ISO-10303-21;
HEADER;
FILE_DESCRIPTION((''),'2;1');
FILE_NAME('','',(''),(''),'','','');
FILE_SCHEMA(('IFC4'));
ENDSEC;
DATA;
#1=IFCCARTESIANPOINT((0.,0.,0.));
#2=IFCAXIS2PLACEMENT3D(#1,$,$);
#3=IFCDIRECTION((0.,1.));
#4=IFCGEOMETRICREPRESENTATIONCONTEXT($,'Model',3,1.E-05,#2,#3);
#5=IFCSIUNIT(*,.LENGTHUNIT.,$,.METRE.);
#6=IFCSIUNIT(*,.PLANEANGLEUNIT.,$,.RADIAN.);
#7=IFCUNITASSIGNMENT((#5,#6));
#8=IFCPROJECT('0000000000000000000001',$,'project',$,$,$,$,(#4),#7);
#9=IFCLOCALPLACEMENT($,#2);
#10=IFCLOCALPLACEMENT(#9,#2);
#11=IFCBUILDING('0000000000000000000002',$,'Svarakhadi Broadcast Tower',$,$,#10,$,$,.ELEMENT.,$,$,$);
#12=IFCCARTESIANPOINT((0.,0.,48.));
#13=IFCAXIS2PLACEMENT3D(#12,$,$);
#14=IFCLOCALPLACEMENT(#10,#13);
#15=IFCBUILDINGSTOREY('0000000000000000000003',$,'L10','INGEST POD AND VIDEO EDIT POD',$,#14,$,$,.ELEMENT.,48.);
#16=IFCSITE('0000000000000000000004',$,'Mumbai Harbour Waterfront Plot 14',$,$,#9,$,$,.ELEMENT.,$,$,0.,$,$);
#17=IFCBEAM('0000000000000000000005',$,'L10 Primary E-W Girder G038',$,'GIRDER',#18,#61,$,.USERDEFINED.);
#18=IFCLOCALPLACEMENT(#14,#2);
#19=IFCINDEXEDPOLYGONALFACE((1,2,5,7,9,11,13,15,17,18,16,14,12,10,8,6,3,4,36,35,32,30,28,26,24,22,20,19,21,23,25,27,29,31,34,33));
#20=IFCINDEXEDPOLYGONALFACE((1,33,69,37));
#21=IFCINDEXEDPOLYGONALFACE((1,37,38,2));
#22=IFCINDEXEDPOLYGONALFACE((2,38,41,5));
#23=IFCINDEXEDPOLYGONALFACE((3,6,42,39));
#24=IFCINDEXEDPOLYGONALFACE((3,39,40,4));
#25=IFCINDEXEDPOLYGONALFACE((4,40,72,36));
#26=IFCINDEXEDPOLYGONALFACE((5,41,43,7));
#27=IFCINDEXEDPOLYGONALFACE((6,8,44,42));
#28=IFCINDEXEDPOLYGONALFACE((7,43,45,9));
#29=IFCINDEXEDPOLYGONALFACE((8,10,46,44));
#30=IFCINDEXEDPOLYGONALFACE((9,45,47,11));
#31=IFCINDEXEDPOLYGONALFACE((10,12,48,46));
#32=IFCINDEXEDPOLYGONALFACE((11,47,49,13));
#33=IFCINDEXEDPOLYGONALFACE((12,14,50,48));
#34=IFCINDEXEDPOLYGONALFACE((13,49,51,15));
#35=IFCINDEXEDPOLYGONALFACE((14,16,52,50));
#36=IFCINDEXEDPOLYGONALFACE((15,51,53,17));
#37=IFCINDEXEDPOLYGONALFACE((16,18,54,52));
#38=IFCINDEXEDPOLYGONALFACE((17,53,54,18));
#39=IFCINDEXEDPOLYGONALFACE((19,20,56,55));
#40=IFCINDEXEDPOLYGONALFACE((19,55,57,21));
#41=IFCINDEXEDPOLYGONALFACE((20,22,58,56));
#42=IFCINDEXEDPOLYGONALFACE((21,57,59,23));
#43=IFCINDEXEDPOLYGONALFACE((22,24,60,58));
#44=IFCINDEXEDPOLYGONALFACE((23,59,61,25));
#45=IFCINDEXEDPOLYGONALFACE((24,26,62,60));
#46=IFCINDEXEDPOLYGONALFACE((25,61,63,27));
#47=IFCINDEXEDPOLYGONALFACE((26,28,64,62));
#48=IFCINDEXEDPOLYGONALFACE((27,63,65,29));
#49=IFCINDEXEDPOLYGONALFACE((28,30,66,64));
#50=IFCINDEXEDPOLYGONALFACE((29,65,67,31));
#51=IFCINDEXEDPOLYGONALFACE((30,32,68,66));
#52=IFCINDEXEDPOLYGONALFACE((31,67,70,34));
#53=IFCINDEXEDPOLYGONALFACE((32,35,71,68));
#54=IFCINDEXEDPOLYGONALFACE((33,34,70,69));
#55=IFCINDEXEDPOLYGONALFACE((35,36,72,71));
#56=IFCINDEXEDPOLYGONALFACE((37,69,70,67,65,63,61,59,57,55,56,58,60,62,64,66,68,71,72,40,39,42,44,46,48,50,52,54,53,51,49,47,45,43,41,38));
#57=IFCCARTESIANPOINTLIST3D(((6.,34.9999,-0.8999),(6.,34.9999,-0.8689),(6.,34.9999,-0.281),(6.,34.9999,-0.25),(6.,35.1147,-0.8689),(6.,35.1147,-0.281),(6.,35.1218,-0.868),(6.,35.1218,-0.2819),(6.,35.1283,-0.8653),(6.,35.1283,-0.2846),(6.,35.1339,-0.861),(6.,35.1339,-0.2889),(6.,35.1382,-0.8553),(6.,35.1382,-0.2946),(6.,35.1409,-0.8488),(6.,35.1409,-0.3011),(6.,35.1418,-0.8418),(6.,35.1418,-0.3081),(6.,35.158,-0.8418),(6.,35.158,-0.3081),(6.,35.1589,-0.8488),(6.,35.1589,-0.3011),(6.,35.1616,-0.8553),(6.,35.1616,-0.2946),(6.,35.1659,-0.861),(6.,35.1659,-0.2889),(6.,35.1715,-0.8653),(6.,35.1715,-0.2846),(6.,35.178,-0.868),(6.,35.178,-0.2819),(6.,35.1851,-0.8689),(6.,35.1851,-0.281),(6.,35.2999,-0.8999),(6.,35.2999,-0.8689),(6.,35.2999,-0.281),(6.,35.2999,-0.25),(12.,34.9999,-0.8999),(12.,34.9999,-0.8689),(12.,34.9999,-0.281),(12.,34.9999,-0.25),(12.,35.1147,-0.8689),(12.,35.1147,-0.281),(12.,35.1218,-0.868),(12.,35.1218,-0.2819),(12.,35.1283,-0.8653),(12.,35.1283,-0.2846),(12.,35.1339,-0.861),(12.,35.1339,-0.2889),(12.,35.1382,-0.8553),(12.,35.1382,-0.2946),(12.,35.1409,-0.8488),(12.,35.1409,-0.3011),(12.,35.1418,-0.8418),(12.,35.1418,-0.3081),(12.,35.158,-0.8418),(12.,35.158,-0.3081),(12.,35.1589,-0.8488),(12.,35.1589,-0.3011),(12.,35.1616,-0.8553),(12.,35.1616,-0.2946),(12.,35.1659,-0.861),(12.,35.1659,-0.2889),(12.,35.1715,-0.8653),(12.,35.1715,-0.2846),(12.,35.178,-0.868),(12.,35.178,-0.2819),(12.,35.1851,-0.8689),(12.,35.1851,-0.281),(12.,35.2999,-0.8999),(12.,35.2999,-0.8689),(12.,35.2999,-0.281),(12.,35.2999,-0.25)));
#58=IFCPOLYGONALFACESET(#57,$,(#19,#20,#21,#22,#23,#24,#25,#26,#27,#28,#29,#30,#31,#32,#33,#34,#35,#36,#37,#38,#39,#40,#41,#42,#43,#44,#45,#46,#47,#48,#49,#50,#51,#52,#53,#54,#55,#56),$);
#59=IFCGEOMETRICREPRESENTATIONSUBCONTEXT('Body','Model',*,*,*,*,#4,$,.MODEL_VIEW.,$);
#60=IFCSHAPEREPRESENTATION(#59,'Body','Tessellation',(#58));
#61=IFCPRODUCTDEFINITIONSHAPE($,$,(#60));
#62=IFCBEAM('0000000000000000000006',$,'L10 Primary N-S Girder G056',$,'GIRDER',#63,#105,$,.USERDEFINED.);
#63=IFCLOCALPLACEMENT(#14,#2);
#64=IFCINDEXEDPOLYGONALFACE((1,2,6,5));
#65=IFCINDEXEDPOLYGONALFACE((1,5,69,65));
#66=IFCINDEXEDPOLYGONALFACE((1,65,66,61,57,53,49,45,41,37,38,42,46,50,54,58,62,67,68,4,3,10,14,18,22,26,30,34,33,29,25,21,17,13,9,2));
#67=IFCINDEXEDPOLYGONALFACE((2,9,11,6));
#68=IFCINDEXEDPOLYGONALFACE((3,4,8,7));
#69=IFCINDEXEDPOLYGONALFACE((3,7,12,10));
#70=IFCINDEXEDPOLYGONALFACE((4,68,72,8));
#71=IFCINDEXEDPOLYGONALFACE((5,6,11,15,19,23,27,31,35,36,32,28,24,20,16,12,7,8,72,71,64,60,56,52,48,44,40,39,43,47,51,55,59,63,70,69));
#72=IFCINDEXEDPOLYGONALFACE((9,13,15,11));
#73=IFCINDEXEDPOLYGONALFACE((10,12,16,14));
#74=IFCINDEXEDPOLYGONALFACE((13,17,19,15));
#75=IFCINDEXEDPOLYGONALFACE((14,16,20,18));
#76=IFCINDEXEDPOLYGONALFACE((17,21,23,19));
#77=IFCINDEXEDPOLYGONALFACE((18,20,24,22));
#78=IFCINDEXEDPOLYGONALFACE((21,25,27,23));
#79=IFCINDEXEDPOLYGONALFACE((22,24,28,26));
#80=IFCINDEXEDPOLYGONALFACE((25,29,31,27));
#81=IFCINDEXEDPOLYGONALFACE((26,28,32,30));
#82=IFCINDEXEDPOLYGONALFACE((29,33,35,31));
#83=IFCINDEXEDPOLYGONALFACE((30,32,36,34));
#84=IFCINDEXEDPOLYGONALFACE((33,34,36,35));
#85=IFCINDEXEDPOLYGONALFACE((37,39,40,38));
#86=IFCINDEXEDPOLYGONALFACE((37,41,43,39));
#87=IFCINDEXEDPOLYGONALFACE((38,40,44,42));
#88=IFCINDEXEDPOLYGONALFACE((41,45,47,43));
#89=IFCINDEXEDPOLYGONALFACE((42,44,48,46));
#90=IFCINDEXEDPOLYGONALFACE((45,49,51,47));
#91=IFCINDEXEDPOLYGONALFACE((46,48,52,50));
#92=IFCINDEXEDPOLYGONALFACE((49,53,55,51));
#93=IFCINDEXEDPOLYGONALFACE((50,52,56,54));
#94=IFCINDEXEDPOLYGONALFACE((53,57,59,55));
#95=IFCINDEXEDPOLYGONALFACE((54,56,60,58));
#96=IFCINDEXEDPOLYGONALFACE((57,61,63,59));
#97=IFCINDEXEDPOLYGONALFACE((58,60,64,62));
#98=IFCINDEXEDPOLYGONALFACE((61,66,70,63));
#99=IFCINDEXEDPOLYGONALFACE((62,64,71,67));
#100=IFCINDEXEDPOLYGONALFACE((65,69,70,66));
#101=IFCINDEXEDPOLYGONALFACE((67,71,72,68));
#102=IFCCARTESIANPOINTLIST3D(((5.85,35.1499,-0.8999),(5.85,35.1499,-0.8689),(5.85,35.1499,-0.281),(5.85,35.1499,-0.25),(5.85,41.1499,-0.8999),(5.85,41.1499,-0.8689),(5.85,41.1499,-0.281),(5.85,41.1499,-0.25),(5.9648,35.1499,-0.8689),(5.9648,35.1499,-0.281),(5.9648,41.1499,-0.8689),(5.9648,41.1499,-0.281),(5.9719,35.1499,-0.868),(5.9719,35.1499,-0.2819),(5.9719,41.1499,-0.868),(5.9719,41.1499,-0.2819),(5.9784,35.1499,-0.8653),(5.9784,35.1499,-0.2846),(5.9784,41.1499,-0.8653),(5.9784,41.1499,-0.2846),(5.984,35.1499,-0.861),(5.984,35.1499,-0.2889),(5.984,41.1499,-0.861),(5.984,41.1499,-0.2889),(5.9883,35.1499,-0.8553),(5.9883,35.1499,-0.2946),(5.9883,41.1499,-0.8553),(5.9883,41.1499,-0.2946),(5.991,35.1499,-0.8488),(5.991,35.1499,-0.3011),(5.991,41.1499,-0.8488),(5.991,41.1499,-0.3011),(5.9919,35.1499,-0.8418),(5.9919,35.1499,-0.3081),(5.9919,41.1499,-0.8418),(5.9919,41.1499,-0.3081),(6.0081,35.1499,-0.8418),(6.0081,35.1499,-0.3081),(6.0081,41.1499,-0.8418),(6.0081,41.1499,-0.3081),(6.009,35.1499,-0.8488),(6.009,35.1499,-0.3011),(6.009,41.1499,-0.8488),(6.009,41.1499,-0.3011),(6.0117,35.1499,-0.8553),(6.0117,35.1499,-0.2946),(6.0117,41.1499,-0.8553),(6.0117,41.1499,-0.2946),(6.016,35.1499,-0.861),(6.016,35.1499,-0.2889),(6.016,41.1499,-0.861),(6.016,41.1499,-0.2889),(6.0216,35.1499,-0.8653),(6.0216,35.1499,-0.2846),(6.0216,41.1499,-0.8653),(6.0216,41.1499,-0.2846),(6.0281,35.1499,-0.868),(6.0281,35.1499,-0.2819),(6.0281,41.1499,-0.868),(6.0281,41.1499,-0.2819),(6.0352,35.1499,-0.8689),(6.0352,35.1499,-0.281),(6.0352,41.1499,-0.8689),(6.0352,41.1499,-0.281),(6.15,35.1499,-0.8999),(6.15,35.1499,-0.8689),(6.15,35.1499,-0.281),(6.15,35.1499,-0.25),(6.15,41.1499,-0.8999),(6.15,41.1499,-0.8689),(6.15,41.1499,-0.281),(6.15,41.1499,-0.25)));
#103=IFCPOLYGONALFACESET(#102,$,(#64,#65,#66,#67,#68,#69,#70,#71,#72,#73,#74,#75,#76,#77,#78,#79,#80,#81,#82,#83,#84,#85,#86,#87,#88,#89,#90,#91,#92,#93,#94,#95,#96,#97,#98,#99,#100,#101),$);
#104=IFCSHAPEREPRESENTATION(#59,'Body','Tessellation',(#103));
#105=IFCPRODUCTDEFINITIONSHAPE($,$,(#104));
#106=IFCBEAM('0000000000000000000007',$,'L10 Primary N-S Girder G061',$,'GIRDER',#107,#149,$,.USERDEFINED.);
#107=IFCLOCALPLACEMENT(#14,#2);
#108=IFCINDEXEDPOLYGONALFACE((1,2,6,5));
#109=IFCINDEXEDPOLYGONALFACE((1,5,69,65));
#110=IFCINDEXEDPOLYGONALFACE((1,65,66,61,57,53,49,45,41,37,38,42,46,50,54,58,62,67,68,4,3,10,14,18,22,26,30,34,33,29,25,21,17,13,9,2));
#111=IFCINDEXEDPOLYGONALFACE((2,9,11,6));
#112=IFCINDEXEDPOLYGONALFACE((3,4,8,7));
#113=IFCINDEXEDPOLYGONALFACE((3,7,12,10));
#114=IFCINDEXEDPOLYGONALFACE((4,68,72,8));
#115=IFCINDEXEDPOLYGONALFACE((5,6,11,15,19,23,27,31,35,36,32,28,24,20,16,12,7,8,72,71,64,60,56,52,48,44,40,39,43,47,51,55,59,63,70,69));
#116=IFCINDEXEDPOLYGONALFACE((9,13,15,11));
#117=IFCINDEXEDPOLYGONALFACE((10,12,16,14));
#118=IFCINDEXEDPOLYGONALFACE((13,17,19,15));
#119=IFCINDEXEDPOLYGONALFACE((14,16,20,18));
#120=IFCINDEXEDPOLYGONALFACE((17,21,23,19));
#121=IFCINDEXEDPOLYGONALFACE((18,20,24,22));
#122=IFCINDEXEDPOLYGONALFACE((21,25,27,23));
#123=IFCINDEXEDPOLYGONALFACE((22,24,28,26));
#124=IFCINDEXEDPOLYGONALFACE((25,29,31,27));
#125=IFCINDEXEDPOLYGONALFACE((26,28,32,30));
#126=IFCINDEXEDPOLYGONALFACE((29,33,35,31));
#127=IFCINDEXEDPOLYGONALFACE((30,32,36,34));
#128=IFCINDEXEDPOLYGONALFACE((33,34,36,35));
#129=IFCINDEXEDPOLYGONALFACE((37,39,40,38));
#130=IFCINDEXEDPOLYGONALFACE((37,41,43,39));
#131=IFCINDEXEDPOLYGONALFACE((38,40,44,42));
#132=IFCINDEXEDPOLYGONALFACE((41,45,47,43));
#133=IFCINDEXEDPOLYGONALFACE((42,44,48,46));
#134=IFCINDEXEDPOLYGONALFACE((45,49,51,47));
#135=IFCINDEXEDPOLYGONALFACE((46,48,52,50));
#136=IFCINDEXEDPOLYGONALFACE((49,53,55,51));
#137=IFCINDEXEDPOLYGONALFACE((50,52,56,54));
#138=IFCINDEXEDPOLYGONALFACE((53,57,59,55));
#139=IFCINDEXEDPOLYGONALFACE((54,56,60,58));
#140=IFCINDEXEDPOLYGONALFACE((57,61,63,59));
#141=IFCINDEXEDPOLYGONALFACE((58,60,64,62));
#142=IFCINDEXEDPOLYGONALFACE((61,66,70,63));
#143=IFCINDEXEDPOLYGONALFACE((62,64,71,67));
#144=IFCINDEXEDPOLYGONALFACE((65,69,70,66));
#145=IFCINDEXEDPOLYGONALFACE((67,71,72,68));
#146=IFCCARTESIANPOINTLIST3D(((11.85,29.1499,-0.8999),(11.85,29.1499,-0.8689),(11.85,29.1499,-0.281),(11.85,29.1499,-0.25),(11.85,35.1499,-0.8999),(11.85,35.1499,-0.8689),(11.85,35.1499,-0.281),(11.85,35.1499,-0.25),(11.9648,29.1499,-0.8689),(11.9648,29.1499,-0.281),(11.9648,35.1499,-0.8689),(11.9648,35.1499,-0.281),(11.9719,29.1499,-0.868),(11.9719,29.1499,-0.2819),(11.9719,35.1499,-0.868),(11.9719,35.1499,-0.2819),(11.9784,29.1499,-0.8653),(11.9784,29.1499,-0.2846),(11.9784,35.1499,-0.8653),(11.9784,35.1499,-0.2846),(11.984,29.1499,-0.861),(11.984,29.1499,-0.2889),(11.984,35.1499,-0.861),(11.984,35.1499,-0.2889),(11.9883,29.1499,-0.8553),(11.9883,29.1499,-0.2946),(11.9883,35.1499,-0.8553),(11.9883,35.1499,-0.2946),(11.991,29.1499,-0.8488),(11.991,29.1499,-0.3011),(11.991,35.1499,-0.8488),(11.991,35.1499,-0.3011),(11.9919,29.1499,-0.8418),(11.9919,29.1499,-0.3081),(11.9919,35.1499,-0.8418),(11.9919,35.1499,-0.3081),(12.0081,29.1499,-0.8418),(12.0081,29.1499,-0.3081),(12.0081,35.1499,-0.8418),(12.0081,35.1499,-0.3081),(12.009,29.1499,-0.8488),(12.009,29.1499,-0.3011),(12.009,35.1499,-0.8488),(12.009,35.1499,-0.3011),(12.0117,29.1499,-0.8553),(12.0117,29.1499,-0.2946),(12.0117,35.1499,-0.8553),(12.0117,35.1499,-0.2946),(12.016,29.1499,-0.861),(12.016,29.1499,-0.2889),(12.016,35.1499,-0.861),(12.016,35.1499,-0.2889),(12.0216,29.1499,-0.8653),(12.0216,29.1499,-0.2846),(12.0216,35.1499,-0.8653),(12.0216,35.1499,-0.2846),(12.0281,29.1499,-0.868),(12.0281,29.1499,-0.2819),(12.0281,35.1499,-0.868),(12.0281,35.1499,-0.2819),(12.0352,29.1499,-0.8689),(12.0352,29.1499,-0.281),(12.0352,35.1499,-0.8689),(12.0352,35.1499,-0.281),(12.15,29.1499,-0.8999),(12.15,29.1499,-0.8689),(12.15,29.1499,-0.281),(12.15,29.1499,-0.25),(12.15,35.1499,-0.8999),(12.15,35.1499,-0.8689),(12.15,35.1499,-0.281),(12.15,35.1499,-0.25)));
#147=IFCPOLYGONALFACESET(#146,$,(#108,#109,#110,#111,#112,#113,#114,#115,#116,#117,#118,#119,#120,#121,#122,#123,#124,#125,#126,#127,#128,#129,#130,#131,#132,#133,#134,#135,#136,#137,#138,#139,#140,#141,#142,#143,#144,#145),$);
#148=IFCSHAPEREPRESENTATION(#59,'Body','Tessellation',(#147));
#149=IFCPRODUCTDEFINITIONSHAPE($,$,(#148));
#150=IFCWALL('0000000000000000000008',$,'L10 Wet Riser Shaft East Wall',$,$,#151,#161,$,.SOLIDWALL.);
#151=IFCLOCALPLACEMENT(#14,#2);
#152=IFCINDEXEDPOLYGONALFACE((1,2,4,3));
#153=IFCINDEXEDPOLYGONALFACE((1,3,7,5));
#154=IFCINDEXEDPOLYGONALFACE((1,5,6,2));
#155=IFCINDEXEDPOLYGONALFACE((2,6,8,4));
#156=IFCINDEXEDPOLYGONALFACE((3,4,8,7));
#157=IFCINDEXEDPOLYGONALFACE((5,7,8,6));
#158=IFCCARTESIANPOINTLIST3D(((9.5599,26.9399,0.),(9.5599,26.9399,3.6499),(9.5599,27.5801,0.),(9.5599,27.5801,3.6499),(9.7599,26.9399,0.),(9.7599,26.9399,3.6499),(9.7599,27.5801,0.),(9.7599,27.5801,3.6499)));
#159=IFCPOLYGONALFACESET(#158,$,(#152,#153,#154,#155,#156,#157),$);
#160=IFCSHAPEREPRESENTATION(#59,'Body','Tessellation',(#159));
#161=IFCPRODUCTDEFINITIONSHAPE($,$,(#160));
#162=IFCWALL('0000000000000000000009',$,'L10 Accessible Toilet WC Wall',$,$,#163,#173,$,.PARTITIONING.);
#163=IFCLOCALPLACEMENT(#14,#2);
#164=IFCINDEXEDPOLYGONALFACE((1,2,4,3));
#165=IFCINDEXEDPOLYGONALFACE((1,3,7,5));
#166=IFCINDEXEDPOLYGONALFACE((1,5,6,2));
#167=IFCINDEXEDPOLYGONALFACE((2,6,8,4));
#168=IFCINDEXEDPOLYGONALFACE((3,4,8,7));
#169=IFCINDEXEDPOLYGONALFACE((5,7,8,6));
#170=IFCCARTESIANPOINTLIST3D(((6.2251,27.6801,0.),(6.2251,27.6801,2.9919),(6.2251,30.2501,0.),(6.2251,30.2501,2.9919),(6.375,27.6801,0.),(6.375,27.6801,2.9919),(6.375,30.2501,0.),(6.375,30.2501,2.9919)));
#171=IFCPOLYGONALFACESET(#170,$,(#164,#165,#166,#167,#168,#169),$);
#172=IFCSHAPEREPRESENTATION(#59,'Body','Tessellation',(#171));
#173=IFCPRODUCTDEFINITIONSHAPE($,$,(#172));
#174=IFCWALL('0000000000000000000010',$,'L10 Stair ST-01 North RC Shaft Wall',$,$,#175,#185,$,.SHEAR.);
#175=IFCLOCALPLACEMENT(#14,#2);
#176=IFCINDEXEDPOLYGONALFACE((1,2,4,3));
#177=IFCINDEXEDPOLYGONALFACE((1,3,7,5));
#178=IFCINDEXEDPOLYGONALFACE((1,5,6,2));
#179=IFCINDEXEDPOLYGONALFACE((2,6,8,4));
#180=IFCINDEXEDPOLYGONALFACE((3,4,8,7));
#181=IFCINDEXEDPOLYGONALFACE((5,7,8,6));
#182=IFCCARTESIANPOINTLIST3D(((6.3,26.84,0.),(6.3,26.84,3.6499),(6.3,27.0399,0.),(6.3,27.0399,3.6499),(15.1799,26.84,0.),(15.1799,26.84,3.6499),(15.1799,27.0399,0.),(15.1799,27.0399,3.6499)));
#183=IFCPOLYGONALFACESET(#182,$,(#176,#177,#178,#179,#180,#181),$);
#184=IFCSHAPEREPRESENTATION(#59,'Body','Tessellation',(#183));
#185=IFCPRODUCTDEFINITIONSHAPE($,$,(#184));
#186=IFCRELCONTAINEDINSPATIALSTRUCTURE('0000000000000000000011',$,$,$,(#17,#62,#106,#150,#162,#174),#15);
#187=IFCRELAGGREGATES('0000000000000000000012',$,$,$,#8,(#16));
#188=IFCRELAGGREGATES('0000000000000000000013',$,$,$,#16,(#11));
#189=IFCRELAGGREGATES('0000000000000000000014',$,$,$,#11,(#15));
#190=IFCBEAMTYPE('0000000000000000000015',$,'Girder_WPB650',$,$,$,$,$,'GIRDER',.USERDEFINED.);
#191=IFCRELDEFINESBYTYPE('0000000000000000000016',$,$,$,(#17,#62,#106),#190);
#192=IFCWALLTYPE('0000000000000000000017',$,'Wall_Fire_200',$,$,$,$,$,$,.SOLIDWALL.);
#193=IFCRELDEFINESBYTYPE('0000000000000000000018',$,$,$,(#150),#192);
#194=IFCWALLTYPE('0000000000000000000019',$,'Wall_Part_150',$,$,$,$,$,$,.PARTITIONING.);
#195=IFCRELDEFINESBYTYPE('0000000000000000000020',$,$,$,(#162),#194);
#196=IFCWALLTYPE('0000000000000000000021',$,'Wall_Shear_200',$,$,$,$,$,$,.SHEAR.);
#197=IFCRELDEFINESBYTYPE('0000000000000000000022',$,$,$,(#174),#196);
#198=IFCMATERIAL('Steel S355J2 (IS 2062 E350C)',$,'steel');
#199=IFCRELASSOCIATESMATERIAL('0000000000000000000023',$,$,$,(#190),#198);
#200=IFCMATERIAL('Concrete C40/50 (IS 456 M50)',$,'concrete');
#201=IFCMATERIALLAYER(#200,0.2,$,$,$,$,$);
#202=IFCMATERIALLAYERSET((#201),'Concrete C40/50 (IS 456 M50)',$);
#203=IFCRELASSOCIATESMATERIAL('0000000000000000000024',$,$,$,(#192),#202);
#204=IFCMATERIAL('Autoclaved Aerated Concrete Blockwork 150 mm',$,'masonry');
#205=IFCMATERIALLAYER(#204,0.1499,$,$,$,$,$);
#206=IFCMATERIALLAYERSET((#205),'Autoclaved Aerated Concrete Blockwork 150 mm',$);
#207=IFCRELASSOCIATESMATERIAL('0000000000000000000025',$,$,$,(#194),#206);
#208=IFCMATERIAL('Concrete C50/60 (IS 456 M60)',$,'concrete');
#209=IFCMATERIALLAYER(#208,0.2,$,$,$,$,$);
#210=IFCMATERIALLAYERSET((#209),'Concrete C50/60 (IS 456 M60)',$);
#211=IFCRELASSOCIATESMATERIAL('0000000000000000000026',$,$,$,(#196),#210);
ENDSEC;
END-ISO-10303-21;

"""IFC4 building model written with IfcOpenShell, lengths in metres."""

from ifc_helpers import new_model, si_unit, direction, frame, frame_2d, origin, origin_2d, place, context, subcontext, project, spatial, rectangle, i_section, extrude, material, layer, layer_set, material_profile, profile_set, type_object, element, save


model = new_model("IFC4")

# Units and contexts
model_context = context("Model", 3, precision=1e-05, world=origin(), true_north=direction((0.0, 1.0)))
body_context = subcontext(model_context, "Body", "Model", "MODEL_VIEW")
ifc_project = project(units=[si_unit("LENGTHUNIT", "METRE"), si_unit("PLANEANGLEUNIT", "RADIAN")], contexts=[model_context])

# Site, building, storey
site_placement = place(None, origin())
site = spatial("IfcSite", under=ifc_project, at=site_placement, Name="Mumbai Harbour Waterfront Plot 14", CompositionType="ELEMENT", RefElevation=0.0)
building_placement = place(site_placement, origin())
building = spatial("IfcBuilding", under=site, at=building_placement, Name="Svarakhadi Broadcast Tower", CompositionType="ELEMENT")
storey_placement = place(building_placement, frame((0.0, 0.0, 48.0)))
storey = spatial("IfcBuildingStorey", under=building, at=storey_placement, Name="L10", Description="INGEST POD AND VIDEO EDIT POD", CompositionType="ELEMENT", Elevation=48.0)

# Beams
ifc_material_1 = material(Name="Steel S355J2 (IS 2062 E350C)", Category="steel")
ifc_material_profile_1 = material_profile(ifc_material_1, i_section(OverallWidth=0.3, OverallDepth=0.6499, WebThickness=0.0161, FlangeThickness=0.031, FilletRadius=0.0271, at=origin_2d()), Name="WPB 650x300x225")
ifc_profile_set_1 = profile_set([ifc_material_profile_1], Name="Steel S355J2 (IS 2062 E350C)")
beam_type_1 = type_object("IfcBeamType", Name="Girder_WPB650", ElementType="GIRDER", PredefinedType="USERDEFINED", material=ifc_profile_set_1)
for number, where, z_axis, x_axis, name in (
    (1, (6.0, 35.1499, -0.575), (1.0, 0.0, 0.0), (0.0, 1.0, 0.0), "L10 Primary E-W Girder G038"),
    (2, (6.0, 35.1499, -0.575), (0.0, 1.0, 0.0), (-1.0, 0.0, 0.0), "L10 Primary N-S Girder G056"),
    (3, (12.0, 29.1499, -0.575), (0.0, 1.0, 0.0), (-1.0, 0.0, 0.0), "L10 Primary N-S Girder G061"),
):
    element("IfcBeam", number, at=place(storey_placement, frame(where, z_axis=z_axis, x_axis=x_axis)), inside=storey, type_object=beam_type_1, Name=name, ObjectType="GIRDER", PredefinedType="USERDEFINED", context=body_context, shape_type="SweptSolid", body=[
        extrude(i_section(OverallWidth=0.3, OverallDepth=0.6499, WebThickness=0.0161, FlangeThickness=0.031, FilletRadius=0.0271, at=origin_2d()), origin(), (0.0, 0.0, 1.0), 6.0),
    ])

# Walls
ifc_material_2 = material(Name="Concrete C40/50 (IS 456 M50)", Category="concrete")
ifc_layer_1 = layer(ifc_material_2, 0.2)
ifc_layer_set_1 = layer_set([ifc_layer_1], Name="Concrete C40/50 (IS 456 M50)")
wall_type_1 = type_object("IfcWallType", Name="Wall_Fire_200", PredefinedType="SOLIDWALL", material=ifc_layer_set_1)
wall_1_placement = place(storey_placement, frame((9.6599, 26.9399, 0.0), z_axis=(0.0, 0.0, 1.0), x_axis=(0.0, 1.0, 0.0)))
element("IfcWall", 4, at=wall_1_placement, inside=storey, type_object=wall_type_1, Name="L10 Wet Riser Shaft East Wall", PredefinedType="SOLIDWALL", context=body_context, shape_type="SweptSolid", body=[
    extrude(rectangle(XDim=0.6401, YDim=0.2, at=frame_2d((0.3201, 0.0))), origin(), (0.0, 0.0, 1.0), 3.6499),
])
ifc_material_3 = material(Name="Autoclaved Aerated Concrete Blockwork 150 mm", Category="masonry")
ifc_layer_2 = layer(ifc_material_3, 0.1499)
ifc_layer_set_2 = layer_set([ifc_layer_2], Name="Autoclaved Aerated Concrete Blockwork 150 mm")
wall_type_2 = type_object("IfcWallType", Name="Wall_Part_150", PredefinedType="PARTITIONING", material=ifc_layer_set_2)
wall_2_placement = place(storey_placement, frame((6.3, 27.6799, 0.0), z_axis=(0.0, 0.0, 1.0), x_axis=(0.0, 1.0, 0.0)))
element("IfcWall", 5, at=wall_2_placement, inside=storey, type_object=wall_type_2, Name="L10 Accessible Toilet WC Wall", PredefinedType="PARTITIONING", context=body_context, shape_type="SweptSolid", body=[
    extrude(rectangle(XDim=2.5701, YDim=0.1499, at=frame_2d((1.2852, 0.0))), origin(), (0.0, 0.0, 1.0), 2.9919),
])
ifc_material_4 = material(Name="Concrete C50/60 (IS 456 M60)", Category="concrete")
ifc_layer_3 = layer(ifc_material_4, 0.2)
ifc_layer_set_3 = layer_set([ifc_layer_3], Name="Concrete C50/60 (IS 456 M60)")
wall_type_3 = type_object("IfcWallType", Name="Wall_Shear_200", PredefinedType="SHEAR", material=ifc_layer_set_3)
wall_3_placement = place(storey_placement, frame((6.3, 26.9399, 0.0), z_axis=(0.0, 0.0, 1.0), x_axis=(1.0, 0.0, 0.0)))
element("IfcWall", 6, at=wall_3_placement, inside=storey, type_object=wall_type_3, Name="L10 Stair ST-01 North RC Shaft Wall", PredefinedType="SHEAR", context=body_context, shape_type="SweptSolid", body=[
    extrude(rectangle(XDim=8.8799, YDim=0.2, at=frame_2d((4.4399, 0.0))), origin(), (0.0, 0.0, 1.0), 3.6499),
])

save(model, "model.ifc")
